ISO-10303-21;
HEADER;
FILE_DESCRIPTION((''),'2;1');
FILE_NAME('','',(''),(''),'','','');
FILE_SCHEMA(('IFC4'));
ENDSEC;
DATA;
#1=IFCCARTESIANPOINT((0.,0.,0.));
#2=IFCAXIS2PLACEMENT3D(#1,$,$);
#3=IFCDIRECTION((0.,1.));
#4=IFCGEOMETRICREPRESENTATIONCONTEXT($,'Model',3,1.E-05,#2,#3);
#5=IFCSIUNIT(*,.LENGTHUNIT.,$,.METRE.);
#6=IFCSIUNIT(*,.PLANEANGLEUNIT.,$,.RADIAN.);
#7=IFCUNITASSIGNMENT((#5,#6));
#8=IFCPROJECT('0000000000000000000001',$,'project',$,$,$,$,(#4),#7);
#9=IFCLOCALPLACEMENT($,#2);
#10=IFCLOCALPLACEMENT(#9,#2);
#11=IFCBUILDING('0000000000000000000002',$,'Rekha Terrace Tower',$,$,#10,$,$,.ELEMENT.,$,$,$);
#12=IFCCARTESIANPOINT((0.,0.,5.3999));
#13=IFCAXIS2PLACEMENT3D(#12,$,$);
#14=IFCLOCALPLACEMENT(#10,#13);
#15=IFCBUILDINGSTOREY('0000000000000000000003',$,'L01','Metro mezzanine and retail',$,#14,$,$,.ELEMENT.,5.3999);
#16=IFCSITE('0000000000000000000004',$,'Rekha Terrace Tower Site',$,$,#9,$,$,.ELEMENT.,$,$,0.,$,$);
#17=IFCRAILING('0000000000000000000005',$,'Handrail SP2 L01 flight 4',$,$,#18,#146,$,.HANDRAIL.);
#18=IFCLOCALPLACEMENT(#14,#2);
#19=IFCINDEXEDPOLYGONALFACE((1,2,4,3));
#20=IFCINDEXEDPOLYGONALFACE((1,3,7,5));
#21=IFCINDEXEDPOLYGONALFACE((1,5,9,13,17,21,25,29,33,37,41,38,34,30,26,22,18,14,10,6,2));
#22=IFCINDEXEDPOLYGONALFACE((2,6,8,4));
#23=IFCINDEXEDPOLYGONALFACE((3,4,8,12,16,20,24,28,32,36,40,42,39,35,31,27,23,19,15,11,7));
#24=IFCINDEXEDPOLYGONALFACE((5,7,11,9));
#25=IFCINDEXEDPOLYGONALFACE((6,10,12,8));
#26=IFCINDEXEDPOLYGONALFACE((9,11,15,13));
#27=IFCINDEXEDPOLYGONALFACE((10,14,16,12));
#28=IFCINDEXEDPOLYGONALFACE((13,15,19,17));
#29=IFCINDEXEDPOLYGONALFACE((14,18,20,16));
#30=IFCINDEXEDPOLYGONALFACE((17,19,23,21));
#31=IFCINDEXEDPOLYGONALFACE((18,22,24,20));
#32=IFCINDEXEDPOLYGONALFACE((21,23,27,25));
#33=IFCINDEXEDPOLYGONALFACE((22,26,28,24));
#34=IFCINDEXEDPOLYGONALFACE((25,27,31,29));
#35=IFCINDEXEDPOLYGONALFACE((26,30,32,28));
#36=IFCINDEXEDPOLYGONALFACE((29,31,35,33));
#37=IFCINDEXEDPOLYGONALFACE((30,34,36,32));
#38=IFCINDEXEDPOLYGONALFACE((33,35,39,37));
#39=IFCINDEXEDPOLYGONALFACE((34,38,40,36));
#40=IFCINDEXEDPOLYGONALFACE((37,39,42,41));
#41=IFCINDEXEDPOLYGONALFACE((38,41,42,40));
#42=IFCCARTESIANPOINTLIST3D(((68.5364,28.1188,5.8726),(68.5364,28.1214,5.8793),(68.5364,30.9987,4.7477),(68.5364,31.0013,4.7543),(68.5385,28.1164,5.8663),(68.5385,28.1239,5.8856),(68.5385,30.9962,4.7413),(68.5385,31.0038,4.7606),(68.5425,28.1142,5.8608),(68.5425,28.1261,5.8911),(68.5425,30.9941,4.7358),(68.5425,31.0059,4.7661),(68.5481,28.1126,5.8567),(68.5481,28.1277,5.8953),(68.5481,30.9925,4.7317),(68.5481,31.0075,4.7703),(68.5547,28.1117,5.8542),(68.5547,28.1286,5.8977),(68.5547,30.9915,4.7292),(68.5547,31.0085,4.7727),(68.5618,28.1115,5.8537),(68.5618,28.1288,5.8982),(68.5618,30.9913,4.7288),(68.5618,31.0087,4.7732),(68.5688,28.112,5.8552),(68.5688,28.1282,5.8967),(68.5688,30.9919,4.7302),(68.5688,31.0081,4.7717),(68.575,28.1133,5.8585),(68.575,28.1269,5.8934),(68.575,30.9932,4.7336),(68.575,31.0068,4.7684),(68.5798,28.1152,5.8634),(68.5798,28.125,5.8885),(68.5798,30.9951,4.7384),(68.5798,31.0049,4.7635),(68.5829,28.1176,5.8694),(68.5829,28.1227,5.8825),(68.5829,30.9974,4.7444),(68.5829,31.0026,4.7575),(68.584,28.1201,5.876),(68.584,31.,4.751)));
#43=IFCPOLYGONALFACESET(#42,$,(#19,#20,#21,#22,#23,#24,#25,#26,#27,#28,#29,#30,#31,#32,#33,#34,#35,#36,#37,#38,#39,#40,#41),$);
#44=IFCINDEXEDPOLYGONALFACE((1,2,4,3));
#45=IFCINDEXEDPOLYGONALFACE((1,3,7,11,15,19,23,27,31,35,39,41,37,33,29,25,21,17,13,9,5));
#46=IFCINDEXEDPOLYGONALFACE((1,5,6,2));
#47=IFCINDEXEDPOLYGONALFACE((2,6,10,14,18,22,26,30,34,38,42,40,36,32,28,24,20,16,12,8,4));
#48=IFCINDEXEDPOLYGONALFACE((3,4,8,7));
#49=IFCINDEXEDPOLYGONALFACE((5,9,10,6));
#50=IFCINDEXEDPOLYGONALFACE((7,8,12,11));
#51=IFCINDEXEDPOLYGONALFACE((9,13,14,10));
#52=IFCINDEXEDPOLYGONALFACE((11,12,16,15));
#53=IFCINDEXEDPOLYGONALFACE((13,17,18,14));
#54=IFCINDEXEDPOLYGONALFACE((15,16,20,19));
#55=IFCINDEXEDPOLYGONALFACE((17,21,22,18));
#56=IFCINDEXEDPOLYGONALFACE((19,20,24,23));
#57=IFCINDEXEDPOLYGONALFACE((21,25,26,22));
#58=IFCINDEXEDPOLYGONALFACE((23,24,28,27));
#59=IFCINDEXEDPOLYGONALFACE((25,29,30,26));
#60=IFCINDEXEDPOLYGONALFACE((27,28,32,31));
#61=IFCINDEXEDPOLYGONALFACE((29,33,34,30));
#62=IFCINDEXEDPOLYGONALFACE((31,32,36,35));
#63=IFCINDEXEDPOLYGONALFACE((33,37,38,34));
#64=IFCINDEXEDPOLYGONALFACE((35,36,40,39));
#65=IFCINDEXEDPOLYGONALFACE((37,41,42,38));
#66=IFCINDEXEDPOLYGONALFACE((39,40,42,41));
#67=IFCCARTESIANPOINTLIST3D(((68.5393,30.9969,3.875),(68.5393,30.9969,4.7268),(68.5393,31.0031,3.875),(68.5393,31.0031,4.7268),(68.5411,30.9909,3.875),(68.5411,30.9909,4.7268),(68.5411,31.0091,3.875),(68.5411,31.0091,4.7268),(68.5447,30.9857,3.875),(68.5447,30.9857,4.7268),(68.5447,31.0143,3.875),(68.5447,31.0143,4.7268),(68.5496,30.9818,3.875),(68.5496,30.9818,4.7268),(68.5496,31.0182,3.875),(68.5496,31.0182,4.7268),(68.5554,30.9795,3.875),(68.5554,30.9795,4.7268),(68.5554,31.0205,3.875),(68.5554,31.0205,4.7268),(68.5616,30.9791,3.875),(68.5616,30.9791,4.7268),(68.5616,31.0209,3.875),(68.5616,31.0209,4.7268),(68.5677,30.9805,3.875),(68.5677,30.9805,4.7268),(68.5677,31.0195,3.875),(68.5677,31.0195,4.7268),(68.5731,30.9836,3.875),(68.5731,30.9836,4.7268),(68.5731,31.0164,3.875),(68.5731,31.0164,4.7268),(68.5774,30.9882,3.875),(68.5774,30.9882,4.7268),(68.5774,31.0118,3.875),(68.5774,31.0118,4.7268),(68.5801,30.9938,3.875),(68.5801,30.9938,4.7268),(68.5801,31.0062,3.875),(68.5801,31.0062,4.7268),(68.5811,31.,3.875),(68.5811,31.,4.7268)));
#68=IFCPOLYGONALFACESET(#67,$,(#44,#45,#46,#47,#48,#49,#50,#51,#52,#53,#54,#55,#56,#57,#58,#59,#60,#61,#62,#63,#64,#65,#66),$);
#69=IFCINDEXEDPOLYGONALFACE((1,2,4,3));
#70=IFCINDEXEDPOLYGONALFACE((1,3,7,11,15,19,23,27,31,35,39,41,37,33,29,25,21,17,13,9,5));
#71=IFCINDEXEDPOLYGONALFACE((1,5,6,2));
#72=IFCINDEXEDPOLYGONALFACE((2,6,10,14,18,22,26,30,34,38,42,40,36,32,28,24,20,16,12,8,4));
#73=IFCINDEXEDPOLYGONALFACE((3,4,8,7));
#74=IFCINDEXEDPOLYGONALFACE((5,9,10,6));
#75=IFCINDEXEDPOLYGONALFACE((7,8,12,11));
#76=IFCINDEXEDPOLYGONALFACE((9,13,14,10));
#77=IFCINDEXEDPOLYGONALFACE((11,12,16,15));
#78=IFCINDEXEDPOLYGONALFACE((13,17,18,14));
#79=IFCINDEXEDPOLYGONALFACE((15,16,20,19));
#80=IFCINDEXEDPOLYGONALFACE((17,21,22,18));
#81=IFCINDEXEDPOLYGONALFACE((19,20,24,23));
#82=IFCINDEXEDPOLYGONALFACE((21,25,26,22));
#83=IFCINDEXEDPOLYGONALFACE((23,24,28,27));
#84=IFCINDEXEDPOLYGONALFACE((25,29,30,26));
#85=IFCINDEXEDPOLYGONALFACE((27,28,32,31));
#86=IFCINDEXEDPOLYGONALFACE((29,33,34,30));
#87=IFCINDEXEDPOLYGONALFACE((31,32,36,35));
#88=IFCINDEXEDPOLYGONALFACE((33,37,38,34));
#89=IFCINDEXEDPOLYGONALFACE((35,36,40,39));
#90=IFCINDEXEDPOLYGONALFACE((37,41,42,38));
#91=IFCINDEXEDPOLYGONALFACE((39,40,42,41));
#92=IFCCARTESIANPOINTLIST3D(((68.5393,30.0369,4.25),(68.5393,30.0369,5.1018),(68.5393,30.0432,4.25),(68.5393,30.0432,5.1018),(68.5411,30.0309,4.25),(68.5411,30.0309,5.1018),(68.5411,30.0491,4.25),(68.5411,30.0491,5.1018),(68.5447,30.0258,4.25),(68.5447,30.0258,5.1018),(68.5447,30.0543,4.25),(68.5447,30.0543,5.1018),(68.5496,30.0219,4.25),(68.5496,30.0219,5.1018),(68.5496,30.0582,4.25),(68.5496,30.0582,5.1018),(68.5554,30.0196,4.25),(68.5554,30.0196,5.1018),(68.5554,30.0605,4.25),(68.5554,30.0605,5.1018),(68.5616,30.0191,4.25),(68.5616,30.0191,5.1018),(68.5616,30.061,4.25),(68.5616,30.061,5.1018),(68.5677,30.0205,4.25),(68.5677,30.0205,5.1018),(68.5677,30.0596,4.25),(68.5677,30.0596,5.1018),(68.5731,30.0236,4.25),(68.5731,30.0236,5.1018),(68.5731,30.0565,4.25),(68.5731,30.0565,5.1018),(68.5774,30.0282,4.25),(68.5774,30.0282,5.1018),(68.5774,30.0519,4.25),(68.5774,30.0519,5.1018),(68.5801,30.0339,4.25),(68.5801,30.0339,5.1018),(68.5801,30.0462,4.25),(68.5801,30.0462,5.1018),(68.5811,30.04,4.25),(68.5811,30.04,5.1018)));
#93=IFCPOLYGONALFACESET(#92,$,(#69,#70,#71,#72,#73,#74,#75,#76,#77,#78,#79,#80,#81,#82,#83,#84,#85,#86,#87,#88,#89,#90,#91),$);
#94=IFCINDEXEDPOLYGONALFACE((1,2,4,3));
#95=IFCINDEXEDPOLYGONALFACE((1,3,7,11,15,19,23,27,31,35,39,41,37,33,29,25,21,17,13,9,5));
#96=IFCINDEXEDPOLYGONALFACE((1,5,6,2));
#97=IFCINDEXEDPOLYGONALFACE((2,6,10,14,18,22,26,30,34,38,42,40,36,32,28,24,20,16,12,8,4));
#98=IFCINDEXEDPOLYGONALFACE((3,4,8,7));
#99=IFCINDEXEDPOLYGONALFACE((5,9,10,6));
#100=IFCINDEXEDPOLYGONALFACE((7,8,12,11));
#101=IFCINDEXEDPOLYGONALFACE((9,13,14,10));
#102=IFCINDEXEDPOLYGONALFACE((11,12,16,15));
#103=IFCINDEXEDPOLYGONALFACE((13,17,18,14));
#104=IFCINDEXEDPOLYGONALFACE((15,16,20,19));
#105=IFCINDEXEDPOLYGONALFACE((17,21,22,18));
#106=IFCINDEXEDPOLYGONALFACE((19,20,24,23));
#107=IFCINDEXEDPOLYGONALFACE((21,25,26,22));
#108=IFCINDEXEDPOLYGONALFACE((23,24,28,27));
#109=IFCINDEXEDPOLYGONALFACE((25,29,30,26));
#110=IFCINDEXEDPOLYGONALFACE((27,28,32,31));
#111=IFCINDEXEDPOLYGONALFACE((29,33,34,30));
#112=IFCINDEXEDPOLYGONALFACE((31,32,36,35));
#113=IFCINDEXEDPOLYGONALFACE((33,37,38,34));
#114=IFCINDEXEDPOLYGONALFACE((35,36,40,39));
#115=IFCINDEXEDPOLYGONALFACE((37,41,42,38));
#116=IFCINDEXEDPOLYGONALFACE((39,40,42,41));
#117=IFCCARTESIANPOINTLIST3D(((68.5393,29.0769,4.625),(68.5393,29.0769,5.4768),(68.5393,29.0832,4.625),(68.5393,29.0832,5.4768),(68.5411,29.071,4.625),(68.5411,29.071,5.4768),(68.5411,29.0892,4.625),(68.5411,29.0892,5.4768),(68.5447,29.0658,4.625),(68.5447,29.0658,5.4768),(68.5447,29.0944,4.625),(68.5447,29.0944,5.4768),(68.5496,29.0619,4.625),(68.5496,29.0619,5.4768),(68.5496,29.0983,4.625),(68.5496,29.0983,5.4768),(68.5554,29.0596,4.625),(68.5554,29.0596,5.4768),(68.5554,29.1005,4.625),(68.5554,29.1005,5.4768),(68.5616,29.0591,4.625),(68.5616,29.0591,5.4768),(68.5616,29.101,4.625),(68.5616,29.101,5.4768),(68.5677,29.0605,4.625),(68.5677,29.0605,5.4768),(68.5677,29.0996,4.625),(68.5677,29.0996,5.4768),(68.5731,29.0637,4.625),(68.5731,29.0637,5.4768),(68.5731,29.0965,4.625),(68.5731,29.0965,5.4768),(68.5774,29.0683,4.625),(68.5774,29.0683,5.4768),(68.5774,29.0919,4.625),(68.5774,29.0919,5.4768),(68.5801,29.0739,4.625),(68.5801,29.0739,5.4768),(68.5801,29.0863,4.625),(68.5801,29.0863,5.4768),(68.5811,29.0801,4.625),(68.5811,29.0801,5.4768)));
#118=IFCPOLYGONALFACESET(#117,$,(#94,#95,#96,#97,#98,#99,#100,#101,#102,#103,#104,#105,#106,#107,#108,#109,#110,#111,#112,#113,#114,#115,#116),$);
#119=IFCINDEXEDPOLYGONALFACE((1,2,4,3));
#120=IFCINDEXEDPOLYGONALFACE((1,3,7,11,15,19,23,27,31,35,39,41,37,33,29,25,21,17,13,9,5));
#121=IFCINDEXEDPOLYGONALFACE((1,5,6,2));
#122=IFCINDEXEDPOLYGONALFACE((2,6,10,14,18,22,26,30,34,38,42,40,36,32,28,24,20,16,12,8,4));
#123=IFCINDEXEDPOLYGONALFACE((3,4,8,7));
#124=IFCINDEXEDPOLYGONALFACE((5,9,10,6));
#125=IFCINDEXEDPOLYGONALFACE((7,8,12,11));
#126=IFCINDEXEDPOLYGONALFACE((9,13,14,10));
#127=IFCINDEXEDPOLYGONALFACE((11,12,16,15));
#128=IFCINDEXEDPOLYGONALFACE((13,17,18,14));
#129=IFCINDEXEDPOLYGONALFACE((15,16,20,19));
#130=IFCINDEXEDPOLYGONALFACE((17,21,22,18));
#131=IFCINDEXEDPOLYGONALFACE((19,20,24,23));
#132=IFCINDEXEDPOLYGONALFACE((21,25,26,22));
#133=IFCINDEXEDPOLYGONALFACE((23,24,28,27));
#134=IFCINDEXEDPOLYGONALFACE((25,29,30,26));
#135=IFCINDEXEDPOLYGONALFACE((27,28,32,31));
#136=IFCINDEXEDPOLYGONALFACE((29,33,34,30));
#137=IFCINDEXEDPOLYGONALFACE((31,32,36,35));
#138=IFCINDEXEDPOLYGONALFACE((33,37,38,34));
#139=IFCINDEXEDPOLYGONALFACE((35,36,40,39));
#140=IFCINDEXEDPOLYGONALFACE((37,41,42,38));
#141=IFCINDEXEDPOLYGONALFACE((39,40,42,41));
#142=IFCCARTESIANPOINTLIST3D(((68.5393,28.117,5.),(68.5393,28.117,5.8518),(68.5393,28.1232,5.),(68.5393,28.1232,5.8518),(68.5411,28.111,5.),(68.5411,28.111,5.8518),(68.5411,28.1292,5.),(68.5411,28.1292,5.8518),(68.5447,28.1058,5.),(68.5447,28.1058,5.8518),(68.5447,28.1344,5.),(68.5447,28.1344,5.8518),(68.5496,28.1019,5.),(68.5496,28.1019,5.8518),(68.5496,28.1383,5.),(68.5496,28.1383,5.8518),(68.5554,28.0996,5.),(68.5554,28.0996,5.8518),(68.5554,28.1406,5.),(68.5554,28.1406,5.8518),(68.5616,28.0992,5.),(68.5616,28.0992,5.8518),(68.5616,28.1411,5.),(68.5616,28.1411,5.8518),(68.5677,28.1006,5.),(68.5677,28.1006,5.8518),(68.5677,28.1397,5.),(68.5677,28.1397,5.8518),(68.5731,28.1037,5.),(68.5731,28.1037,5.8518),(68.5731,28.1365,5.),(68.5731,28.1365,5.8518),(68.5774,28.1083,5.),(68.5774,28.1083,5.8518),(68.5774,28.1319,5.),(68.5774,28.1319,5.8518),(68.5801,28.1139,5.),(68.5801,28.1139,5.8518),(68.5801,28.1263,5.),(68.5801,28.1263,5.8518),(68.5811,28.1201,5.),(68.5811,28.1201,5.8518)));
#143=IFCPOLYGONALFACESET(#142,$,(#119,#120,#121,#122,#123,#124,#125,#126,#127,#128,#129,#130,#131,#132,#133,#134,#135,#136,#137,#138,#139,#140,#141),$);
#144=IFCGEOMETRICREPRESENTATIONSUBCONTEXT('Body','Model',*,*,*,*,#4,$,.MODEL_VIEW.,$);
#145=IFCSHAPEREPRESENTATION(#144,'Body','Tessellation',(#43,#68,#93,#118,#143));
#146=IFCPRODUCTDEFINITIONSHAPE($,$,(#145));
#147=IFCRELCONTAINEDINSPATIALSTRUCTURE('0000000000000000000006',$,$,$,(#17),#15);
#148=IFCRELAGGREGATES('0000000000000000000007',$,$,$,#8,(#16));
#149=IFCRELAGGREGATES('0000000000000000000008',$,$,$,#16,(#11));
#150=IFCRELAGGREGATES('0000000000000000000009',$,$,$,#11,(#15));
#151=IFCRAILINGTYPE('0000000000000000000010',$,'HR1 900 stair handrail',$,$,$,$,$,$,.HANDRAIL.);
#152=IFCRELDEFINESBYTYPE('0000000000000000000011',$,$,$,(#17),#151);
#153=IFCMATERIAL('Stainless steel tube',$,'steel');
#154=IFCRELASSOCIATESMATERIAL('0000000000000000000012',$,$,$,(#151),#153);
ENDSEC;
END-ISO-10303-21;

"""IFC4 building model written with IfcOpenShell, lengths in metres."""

from ifc_helpers import new_model, si_unit, direction, frame, origin, origin_2d, place, context, subcontext, project, spatial, circle, extrude, material, type_object, element, save


model = new_model("IFC4")

# Units and contexts
model_context = context("Model", 3, precision=1e-05, world=origin(), true_north=direction((0.0, 1.0)))
body_context = subcontext(model_context, "Body", "Model", "MODEL_VIEW")
ifc_project = project(units=[si_unit("LENGTHUNIT", "METRE"), si_unit("PLANEANGLEUNIT", "RADIAN")], contexts=[model_context])

# Site, building, storey
site_placement = place(None, origin())
site = spatial("IfcSite", under=ifc_project, at=site_placement, Name="Rekha Terrace Tower Site", CompositionType="ELEMENT", RefElevation=0.0)
building_placement = place(site_placement, origin())
building = spatial("IfcBuilding", under=site, at=building_placement, Name="Rekha Terrace Tower", CompositionType="ELEMENT")
storey_placement = place(building_placement, frame((0.0, 0.0, 5.3999)))
storey = spatial("IfcBuildingStorey", under=building, at=storey_placement, Name="L01", Description="Metro mezzanine and retail", CompositionType="ELEMENT", Elevation=5.3999)

# Railing
ifc_material_1 = material(Name="Stainless steel tube", Category="steel")
railing_type_1 = type_object("IfcRailingType", Name="HR1 900 stair handrail", PredefinedType="HANDRAIL", material=ifc_material_1)
railing_1_placement = place(storey_placement, frame((68.5601, 31.0, 3.875)))
element("IfcRailing", 1, at=railing_1_placement, inside=storey, type_object=railing_type_1, Name="Handrail SP2 L01 flight 4", PredefinedType="HANDRAIL", context=body_context, shape_type="SweptSolid", body=[
    extrude(circle(Radius=0.0239, at=origin_2d()), frame((0.0, 0.0, 0.876), z_axis=(0.0, -0.931452, 0.363863), x_axis=(1.0, 0.0, 0.0)), (0.0, 0.0, 1.0), 3.0918),
    extrude(circle(Radius=0.021, at=origin_2d()), origin(), (0.0, 0.0, 1.0), 0.8518),
    extrude(circle(Radius=0.021, at=origin_2d()), frame((0.0, -0.96, 0.375)), (0.0, 0.0, 1.0), 0.8518),
    extrude(circle(Radius=0.021, at=origin_2d()), frame((0.0, -1.9199, 0.75)), (0.0, 0.0, 1.0), 0.8518),
    extrude(circle(Radius=0.021, at=origin_2d()), frame((0.0, -2.8799, 1.125)), (0.0, 0.0, 1.0), 0.8518),
])

save(model, "model.ifc")
